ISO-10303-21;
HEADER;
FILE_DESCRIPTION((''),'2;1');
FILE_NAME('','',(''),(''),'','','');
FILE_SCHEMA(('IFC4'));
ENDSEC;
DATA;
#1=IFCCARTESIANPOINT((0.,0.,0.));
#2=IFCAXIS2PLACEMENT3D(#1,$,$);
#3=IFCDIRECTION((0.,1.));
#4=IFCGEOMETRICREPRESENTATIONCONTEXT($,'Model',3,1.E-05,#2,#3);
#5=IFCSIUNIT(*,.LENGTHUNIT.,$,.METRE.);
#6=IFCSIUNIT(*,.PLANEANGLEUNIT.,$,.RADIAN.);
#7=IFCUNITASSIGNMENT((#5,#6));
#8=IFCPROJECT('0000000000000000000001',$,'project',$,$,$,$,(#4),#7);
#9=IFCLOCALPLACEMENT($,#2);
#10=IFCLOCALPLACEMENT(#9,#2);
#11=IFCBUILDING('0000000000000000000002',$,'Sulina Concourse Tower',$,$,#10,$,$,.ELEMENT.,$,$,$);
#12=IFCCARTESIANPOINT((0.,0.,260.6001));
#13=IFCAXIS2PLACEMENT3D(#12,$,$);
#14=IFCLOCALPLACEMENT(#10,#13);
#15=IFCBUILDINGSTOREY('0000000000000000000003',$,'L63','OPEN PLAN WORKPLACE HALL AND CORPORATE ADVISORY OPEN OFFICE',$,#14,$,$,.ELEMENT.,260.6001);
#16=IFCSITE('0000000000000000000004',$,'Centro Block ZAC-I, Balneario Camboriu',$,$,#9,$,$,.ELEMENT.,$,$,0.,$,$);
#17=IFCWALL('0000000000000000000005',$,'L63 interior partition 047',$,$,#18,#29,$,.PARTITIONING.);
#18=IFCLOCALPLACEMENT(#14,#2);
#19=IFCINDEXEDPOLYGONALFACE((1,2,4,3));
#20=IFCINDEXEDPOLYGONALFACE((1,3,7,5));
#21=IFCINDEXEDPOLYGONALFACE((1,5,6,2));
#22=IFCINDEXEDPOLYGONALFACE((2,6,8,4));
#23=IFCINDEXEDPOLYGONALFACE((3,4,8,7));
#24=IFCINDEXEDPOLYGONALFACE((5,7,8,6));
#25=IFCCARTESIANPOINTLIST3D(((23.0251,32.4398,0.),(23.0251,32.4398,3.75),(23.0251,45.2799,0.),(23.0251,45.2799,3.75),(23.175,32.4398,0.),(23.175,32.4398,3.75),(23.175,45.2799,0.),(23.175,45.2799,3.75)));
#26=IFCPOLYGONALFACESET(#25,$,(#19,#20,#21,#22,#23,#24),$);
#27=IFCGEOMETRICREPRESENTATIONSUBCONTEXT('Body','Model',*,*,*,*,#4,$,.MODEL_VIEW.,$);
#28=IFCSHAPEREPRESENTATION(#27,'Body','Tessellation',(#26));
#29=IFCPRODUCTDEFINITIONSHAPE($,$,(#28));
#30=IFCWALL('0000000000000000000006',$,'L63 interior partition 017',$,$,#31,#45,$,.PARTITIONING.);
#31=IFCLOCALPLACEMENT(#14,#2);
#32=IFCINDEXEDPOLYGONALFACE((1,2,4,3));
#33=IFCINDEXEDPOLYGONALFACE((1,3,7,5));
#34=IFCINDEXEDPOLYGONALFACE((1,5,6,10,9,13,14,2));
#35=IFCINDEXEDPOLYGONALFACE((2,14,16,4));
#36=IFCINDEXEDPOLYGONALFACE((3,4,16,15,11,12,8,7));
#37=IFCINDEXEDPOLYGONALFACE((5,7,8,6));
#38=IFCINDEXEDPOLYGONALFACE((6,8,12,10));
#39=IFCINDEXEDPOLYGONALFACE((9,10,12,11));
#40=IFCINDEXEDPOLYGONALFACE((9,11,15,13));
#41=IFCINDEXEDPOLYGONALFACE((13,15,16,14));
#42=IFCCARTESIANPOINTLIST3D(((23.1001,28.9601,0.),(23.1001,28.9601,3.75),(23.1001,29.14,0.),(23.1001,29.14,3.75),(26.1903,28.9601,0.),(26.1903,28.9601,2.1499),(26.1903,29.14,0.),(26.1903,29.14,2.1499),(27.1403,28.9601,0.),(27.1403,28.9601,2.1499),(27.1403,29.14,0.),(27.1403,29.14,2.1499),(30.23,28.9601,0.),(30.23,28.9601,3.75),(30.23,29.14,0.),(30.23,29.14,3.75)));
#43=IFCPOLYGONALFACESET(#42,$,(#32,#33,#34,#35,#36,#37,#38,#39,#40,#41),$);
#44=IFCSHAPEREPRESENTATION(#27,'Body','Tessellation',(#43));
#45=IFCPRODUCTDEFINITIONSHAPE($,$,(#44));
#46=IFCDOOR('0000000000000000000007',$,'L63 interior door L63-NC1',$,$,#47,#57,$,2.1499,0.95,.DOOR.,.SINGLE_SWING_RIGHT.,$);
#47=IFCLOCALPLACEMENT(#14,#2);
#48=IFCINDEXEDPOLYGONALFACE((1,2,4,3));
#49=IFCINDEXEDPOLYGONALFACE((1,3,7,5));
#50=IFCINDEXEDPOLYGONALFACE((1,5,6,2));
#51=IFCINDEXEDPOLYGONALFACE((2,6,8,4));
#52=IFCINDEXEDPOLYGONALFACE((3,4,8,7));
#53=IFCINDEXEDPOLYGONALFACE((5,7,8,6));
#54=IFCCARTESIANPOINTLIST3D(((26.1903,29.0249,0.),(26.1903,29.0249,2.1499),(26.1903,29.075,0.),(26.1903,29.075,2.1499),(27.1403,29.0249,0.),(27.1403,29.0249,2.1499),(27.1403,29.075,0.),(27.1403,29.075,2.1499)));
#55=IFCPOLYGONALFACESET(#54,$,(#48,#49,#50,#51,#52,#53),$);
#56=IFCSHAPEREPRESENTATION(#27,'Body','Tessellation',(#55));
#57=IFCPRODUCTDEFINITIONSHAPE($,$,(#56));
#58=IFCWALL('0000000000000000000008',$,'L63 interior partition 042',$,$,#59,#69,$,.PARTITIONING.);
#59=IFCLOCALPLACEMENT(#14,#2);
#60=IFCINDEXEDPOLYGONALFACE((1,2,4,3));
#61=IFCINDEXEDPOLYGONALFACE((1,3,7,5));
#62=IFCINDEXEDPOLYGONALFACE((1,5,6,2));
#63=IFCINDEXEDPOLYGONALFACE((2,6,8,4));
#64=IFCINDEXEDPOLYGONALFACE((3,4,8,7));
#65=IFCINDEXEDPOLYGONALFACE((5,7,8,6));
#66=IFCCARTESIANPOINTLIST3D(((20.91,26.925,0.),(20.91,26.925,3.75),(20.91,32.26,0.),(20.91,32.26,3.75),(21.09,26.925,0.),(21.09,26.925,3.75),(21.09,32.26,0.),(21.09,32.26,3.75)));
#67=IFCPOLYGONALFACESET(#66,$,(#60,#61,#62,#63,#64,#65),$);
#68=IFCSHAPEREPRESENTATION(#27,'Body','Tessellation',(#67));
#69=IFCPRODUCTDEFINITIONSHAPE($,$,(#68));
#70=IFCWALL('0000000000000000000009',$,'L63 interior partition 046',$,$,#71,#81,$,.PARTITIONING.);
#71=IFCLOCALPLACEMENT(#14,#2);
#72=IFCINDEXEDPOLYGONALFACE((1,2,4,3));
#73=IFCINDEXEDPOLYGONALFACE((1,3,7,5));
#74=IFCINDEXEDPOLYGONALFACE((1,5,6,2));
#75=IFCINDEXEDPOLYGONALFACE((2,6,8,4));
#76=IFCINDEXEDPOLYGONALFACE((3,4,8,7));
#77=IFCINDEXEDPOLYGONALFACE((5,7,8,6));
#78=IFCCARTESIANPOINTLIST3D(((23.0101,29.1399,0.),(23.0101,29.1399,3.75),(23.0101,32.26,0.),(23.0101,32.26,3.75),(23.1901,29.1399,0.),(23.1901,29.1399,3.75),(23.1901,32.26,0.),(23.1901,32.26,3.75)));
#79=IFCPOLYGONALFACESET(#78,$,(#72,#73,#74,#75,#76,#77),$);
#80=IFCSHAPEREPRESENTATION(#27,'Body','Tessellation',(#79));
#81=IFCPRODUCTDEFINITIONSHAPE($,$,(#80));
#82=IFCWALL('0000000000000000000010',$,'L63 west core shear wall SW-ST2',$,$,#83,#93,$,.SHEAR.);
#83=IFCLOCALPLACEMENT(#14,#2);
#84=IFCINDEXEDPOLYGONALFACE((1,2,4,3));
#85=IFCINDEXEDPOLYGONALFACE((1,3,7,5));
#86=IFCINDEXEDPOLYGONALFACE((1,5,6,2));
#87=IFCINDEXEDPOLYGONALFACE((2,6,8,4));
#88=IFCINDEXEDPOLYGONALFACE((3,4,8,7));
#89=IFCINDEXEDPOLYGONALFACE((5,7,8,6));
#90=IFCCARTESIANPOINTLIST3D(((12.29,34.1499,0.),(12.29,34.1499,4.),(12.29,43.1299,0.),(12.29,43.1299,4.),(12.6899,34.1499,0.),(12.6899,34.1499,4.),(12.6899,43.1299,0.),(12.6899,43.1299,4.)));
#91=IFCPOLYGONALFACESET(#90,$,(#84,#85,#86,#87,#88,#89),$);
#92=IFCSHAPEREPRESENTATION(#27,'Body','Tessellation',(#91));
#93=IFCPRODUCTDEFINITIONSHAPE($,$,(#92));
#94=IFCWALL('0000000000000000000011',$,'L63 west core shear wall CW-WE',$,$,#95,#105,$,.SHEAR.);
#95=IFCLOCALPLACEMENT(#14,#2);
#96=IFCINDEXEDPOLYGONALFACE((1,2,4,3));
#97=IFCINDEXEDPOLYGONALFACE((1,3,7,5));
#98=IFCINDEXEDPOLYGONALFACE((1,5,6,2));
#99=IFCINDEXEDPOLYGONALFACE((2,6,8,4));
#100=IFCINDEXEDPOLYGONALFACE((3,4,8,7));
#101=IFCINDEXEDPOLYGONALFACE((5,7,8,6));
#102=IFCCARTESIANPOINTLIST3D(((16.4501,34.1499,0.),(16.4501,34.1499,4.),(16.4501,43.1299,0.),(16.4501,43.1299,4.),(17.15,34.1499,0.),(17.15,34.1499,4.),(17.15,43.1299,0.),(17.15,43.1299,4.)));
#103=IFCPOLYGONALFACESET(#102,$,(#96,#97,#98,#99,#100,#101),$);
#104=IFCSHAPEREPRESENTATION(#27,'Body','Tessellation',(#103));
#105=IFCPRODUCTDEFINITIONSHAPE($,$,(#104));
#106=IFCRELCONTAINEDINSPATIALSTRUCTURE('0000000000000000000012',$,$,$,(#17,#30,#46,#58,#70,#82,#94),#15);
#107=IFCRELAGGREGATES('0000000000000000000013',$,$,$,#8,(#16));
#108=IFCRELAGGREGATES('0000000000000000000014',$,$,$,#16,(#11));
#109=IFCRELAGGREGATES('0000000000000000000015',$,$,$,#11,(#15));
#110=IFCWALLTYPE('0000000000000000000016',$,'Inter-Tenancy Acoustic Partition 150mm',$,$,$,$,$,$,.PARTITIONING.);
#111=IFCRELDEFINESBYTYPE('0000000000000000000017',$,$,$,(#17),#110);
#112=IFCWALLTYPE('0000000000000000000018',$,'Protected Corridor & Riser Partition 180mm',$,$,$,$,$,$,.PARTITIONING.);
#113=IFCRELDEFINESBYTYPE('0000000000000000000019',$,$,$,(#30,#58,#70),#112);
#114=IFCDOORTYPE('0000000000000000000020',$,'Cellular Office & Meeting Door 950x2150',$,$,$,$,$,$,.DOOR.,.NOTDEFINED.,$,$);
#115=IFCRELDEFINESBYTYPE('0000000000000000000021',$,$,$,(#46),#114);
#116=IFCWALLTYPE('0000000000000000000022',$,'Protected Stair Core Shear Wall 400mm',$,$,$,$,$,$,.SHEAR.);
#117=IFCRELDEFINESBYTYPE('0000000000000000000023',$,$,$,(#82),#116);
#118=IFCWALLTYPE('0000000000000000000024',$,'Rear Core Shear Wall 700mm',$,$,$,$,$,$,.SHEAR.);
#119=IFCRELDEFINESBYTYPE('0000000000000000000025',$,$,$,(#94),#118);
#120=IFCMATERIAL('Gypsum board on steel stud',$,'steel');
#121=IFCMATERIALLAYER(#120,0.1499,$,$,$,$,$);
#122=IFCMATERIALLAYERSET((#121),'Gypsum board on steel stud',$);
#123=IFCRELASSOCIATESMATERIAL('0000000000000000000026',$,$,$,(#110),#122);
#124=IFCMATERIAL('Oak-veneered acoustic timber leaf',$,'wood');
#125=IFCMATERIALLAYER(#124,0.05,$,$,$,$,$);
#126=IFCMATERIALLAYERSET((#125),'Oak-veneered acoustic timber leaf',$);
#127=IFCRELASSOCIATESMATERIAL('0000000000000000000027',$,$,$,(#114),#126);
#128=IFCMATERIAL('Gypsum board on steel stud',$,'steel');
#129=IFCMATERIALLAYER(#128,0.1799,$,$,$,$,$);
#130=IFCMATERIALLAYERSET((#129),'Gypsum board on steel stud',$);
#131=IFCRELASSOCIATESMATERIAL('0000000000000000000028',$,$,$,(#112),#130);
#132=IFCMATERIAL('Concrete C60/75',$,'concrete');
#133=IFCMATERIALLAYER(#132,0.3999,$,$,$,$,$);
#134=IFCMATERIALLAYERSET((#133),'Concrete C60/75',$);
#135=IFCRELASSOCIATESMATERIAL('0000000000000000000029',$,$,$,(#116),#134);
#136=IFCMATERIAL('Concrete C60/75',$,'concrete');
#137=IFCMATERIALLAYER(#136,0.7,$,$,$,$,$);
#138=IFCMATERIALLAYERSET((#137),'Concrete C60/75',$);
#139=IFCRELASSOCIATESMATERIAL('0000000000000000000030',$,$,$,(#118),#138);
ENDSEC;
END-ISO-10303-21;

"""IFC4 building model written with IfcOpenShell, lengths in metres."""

from ifc_helpers import new_model, si_unit, direction, frame, frame_2d, origin, place, context, subcontext, project, spatial, rectangle, extrude, material, layer, layer_set, type_object, element, fill, save


model = new_model("IFC4")

# Units and contexts
model_context = context("Model", 3, precision=1e-05, world=origin(), true_north=direction((0.0, 1.0)))
body_context = subcontext(model_context, "Body", "Model", "MODEL_VIEW")
ifc_project = project(units=[si_unit("LENGTHUNIT", "METRE"), si_unit("PLANEANGLEUNIT", "RADIAN")], contexts=[model_context])

# Site, building, storey
site_placement = place(None, origin())
site = spatial("IfcSite", under=ifc_project, at=site_placement, Name="Centro Block ZAC-I, Balneario Camboriu", CompositionType="ELEMENT", RefElevation=0.0)
building_placement = place(site_placement, origin())
building = spatial("IfcBuilding", under=site, at=building_placement, Name="Sulina Concourse Tower", CompositionType="ELEMENT")
storey_placement = place(building_placement, frame((0.0, 0.0, 260.6001)))
storey = spatial("IfcBuildingStorey", under=building, at=storey_placement, Name="L63", Description="OPEN PLAN WORKPLACE HALL AND CORPORATE ADVISORY OPEN OFFICE", CompositionType="ELEMENT", Elevation=260.6001)

# Shared definitions
ifc_material_1 = material(Name="Gypsum board on steel stud", Category="steel")
ifc_layer_1 = layer(ifc_material_1, 0.1499)
ifc_layer_set_1 = layer_set([ifc_layer_1], Name="Gypsum board on steel stud")
wall_type_1 = type_object("IfcWallType", Name="Inter-Tenancy Acoustic Partition 150mm", PredefinedType="PARTITIONING", material=ifc_layer_set_1)

# Shared definitions
ifc_material_2 = material(Name="Oak-veneered acoustic timber leaf", Category="wood")
ifc_layer_2 = layer(ifc_material_2, 0.05)
ifc_layer_set_2 = layer_set([ifc_layer_2], Name="Oak-veneered acoustic timber leaf")
door_type_1 = type_object("IfcDoorType", Name="Cellular Office & Meeting Door 950x2150", OperationType="NOTDEFINED", PredefinedType="DOOR", material=ifc_layer_set_2)

# Wall
wall_1_placement = place(storey_placement, frame((23.1001, 32.4399, 0.0), z_axis=(0.0, 0.0, 1.0), x_axis=(0.0, 1.0, 0.0)))
element("IfcWall", 1, at=wall_1_placement, inside=storey, type_object=wall_type_1, Name="L63 interior partition 047", PredefinedType="PARTITIONING", context=body_context, shape_type="SweptSolid", body=[
    extrude(rectangle(XDim=12.8401, YDim=0.1499, at=frame_2d((6.4199, 0.0))), origin(), (0.0, 0.0, 1.0), 3.75),
])

# Wall, opening, door
ifc_material_3 = material(Name="Gypsum board on steel stud", Category="steel")
ifc_layer_3 = layer(ifc_material_3, 0.1799)
ifc_layer_set_3 = layer_set([ifc_layer_3], Name="Gypsum board on steel stud")
wall_type_2 = type_object("IfcWallType", Name="Protected Corridor & Riser Partition 180mm", PredefinedType="PARTITIONING", material=ifc_layer_set_3)
wall_2_placement = place(storey_placement, frame((23.1001, 29.05, 0.0), z_axis=(0.0, 0.0, 1.0), x_axis=(1.0, 0.0, 0.0)))
wall_2 = element("IfcWall", 2, at=wall_2_placement, inside=storey, type_object=wall_type_2, Name="L63 interior partition 017", PredefinedType="PARTITIONING", context=body_context, shape_type="SweptSolid", body=[
    extrude(rectangle(XDim=7.1299, YDim=0.1799, at=frame_2d((3.5649, 0.0))), origin(), (0.0, 0.0, 1.0), 3.75),
])
opening_1_placement = place(wall_2_placement, frame((3.0901, 0.0, 0.0)))
opening_1 = element("IfcOpeningElement", 3, at=opening_1_placement, cuts=wall_2, PredefinedType="OPENING", context=body_context, shape_type="SweptSolid", body=[
    extrude(rectangle(XDim=0.95, YDim=2.1499, at=frame_2d((0.4751, 1.075))), frame((0.0, 0.0999, 0.0), z_axis=(0.0, -1.0, 0.0), x_axis=(1.0, 0.0, 0.0)), (0.0, 0.0, 1.0), 0.2),
])
door_1_placement = place(opening_1_placement, origin())
door_1 = element("IfcDoor", 4, at=door_1_placement, inside=storey, type_object=door_type_1, Name="L63 interior door L63-NC1", OperationType="SINGLE_SWING_RIGHT", OverallHeight=2.1499, OverallWidth=0.95, PredefinedType="DOOR", context=body_context, shape_type="SweptSolid", body=[
    extrude(rectangle(XDim=0.95, YDim=2.1499, at=frame_2d((0.4751, 1.075))), frame((0.0, 0.0249, 0.0), z_axis=(0.0, -1.0, 0.0), x_axis=(1.0, 0.0, 0.0)), (0.0, 0.0, 1.0), 0.05),
])
fill(opening_1, door_1)

# Walls
wall_3_placement = place(storey_placement, frame((21.0, 26.925, 0.0), z_axis=(0.0, 0.0, 1.0), x_axis=(0.0, 1.0, 0.0)))
element("IfcWall", 5, at=wall_3_placement, inside=storey, type_object=wall_type_2, Name="L63 interior partition 042", PredefinedType="PARTITIONING", context=body_context, shape_type="SweptSolid", body=[
    extrude(rectangle(XDim=5.335, YDim=0.1799, at=frame_2d((2.6675, 0.0))), origin(), (0.0, 0.0, 1.0), 3.75),
])
wall_4_placement = place(storey_placement, frame((23.1001, 29.1399, 0.0), z_axis=(0.0, 0.0, 1.0), x_axis=(0.0, 1.0, 0.0)))
element("IfcWall", 6, at=wall_4_placement, inside=storey, type_object=wall_type_2, Name="L63 interior partition 046", PredefinedType="PARTITIONING", context=body_context, shape_type="SweptSolid", body=[
    extrude(rectangle(XDim=3.1201, YDim=0.1799, at=frame_2d((1.5601, 0.0))), origin(), (0.0, 0.0, 1.0), 3.75),
])
ifc_material_4 = material(Name="Concrete C60/75", Category="concrete")
ifc_layer_4 = layer(ifc_material_4, 0.3999)
ifc_layer_set_4 = layer_set([ifc_layer_4], Name="Concrete C60/75")
wall_type_3 = type_object("IfcWallType", Name="Protected Stair Core Shear Wall 400mm", PredefinedType="SHEAR", material=ifc_layer_set_4)
wall_5_placement = place(storey_placement, frame((12.49, 34.1499, 0.0), z_axis=(0.0, 0.0, 1.0), x_axis=(0.0, 1.0, 0.0)))
element("IfcWall", 7, at=wall_5_placement, inside=storey, type_object=wall_type_3, Name="L63 west core shear wall SW-ST2", PredefinedType="SHEAR", context=body_context, shape_type="SweptSolid", body=[
    extrude(rectangle(XDim=8.98, YDim=0.3999, at=frame_2d((4.49, 0.0))), origin(), (0.0, 0.0, 1.0), 4.0),
])
ifc_material_5 = material(Name="Concrete C60/75", Category="concrete")
ifc_layer_5 = layer(ifc_material_5, 0.7)
ifc_layer_set_5 = layer_set([ifc_layer_5], Name="Concrete C60/75")
wall_type_4 = type_object("IfcWallType", Name="Rear Core Shear Wall 700mm", PredefinedType="SHEAR", material=ifc_layer_set_5)
wall_6_placement = place(storey_placement, frame((16.8, 34.1499, 0.0), z_axis=(0.0, 0.0, 1.0), x_axis=(0.0, 1.0, 0.0)))
element("IfcWall", 8, at=wall_6_placement, inside=storey, type_object=wall_type_4, Name="L63 west core shear wall CW-WE", PredefinedType="SHEAR", context=body_context, shape_type="SweptSolid", body=[
    extrude(rectangle(XDim=8.98, YDim=0.7, at=frame_2d((4.49, 0.0))), origin(), (0.0, 0.0, 1.0), 4.0),
])

save(model, "model.ifc")
